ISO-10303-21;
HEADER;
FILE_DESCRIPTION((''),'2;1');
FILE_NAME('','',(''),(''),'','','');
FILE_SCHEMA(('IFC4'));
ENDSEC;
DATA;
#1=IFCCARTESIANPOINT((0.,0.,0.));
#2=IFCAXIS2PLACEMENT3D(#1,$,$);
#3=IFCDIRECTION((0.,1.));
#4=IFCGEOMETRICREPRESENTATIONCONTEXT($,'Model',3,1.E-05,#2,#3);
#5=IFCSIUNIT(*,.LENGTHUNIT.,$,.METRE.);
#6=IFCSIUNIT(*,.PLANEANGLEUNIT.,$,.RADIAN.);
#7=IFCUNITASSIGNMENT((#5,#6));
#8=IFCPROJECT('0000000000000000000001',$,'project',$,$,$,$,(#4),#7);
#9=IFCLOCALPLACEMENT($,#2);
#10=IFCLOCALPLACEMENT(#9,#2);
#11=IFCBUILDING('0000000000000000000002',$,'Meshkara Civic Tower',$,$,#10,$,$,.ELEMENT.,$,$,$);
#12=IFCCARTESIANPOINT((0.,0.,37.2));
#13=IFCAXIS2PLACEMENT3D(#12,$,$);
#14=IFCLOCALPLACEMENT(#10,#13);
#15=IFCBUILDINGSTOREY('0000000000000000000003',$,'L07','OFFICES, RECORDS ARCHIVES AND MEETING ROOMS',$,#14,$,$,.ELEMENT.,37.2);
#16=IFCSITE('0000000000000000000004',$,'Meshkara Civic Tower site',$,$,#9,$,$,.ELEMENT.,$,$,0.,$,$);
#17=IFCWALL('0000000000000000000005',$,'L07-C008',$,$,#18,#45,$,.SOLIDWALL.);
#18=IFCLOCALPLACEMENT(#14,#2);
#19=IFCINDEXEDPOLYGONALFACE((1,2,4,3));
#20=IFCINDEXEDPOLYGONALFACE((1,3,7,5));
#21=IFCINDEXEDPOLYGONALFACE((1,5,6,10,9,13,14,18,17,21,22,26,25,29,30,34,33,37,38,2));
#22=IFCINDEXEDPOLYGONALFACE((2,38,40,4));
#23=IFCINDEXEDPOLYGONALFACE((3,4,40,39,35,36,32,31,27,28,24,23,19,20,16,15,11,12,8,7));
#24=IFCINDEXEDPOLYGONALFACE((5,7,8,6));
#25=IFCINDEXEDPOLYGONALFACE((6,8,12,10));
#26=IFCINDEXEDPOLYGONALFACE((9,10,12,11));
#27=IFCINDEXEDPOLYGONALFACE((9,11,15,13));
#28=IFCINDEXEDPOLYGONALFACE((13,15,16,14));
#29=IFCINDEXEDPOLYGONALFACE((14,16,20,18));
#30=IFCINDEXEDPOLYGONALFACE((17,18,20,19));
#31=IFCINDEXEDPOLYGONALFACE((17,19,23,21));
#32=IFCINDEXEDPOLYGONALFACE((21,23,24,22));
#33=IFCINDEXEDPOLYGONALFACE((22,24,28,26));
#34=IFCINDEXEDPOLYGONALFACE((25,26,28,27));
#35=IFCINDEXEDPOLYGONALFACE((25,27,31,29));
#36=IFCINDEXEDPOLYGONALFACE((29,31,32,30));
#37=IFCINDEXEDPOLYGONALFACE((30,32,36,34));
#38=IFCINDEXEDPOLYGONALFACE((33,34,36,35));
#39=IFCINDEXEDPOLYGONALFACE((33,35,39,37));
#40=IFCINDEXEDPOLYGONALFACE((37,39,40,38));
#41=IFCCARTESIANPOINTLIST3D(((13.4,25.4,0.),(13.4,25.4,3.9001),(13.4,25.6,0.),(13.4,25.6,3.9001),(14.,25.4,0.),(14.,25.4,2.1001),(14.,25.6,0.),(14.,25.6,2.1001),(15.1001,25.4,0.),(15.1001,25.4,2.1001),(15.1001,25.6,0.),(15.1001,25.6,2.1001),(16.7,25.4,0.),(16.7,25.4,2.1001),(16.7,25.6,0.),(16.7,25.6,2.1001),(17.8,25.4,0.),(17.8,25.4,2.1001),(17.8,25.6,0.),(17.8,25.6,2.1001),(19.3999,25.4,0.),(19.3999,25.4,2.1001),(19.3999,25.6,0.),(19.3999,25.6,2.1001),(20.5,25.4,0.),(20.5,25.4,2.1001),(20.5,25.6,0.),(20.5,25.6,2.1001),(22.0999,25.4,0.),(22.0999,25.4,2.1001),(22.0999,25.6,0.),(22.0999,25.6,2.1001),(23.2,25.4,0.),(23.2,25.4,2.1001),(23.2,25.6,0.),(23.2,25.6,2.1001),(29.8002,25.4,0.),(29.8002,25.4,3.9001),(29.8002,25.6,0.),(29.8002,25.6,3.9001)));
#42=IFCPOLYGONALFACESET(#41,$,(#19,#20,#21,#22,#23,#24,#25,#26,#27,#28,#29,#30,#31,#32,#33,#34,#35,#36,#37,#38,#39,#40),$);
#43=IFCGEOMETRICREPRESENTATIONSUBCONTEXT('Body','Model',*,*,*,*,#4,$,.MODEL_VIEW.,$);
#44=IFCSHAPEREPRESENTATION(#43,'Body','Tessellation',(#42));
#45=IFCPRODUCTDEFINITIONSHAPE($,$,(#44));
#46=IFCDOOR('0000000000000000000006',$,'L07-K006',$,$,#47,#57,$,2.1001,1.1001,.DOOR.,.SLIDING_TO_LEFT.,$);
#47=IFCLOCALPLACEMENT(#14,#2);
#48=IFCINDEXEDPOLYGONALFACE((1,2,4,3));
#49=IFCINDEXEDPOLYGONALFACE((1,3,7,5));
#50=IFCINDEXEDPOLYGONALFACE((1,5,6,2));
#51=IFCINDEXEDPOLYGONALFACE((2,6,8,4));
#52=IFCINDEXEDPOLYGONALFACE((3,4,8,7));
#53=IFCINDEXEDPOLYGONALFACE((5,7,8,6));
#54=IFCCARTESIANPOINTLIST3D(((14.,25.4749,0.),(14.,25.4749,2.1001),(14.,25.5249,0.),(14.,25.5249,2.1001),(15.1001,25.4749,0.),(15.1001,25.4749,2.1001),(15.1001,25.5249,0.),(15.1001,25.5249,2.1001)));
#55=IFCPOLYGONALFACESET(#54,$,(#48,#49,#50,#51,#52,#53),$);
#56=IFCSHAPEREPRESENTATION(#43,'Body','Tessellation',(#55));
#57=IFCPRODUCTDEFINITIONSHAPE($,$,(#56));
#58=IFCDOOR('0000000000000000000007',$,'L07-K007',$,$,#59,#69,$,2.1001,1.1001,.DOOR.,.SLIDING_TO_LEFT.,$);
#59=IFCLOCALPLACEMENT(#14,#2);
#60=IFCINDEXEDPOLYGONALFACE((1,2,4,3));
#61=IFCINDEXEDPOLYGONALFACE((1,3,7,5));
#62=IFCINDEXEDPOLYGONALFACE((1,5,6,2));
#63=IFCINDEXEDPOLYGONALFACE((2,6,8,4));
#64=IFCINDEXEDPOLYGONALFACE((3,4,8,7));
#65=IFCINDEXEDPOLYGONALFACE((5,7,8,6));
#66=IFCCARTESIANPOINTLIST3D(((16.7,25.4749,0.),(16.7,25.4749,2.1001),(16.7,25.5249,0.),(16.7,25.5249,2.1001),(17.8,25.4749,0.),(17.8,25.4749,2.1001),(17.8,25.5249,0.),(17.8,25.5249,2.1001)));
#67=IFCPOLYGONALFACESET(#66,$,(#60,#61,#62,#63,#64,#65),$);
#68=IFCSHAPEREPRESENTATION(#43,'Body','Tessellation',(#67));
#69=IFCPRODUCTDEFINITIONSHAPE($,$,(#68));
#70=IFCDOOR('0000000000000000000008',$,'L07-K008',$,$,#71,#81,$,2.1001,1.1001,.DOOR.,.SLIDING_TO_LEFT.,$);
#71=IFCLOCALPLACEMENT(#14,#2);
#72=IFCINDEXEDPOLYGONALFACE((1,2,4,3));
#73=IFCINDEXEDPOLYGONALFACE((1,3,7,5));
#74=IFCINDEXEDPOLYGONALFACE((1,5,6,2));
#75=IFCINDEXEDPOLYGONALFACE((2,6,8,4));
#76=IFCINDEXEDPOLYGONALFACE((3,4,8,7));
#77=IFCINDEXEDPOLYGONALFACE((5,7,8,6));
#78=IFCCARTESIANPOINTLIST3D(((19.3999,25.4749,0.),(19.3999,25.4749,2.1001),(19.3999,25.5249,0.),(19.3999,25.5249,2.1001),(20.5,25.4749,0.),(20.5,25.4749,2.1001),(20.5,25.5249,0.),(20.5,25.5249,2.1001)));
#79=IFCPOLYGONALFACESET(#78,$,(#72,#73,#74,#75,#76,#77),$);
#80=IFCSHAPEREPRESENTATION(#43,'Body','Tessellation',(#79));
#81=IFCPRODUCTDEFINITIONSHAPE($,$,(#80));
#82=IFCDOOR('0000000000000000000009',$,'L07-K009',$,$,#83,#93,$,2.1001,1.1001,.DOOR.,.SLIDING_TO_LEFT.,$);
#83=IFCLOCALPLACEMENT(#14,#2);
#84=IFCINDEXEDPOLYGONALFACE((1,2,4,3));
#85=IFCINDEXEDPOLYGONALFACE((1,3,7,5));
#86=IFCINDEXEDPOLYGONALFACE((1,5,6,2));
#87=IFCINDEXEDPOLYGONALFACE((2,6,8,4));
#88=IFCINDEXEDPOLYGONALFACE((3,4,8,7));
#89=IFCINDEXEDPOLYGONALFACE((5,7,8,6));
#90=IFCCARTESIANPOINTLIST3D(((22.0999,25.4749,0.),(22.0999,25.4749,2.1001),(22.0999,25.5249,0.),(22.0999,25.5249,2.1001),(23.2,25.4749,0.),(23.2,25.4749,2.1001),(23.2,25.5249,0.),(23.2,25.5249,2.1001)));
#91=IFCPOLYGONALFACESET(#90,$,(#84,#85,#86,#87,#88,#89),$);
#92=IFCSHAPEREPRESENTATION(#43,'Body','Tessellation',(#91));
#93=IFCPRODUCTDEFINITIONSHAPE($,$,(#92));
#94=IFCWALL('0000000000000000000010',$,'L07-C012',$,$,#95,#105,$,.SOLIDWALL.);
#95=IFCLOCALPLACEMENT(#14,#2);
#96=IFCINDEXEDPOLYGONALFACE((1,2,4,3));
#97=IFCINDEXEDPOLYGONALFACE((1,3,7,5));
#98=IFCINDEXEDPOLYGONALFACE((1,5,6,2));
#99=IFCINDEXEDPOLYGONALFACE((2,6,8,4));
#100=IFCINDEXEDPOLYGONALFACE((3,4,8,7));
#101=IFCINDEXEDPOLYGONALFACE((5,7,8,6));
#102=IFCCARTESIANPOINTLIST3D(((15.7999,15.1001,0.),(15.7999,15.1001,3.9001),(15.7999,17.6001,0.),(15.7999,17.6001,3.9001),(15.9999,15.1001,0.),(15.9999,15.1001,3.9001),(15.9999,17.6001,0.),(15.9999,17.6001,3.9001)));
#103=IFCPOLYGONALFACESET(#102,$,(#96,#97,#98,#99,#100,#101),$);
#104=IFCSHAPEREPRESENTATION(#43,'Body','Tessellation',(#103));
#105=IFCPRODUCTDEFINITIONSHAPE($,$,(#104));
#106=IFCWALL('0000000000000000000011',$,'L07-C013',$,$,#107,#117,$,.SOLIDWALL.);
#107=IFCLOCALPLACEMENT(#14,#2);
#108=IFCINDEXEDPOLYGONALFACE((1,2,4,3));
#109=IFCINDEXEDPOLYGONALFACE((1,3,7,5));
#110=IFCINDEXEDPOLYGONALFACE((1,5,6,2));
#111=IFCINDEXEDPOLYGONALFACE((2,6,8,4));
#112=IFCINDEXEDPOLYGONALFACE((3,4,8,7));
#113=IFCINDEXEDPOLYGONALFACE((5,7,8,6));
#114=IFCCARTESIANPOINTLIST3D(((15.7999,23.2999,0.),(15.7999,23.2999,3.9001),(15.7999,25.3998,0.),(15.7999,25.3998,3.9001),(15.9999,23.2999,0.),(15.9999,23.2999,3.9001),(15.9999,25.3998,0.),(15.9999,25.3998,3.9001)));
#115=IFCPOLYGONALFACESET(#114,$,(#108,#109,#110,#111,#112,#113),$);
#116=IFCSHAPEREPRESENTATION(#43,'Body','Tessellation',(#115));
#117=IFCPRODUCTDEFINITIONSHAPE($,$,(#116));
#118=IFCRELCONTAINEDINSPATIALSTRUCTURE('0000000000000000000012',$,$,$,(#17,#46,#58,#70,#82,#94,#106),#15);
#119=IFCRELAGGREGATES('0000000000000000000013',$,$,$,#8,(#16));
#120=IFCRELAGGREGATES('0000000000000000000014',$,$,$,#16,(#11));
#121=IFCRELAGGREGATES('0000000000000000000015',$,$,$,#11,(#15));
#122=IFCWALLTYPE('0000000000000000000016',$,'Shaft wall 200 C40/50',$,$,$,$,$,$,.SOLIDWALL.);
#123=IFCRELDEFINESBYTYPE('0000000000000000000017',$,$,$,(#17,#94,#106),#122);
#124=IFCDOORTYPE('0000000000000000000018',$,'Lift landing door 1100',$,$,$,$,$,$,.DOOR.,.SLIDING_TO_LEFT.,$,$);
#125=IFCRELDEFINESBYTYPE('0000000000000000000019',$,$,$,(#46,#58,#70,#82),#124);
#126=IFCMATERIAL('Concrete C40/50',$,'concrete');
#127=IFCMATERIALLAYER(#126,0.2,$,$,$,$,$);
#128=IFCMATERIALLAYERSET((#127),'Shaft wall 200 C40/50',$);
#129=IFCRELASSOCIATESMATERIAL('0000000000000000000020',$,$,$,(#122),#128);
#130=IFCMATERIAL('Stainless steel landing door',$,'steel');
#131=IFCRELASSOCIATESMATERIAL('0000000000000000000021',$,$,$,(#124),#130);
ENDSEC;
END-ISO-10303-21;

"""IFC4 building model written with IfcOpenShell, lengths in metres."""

from ifc_helpers import new_model, si_unit, direction, frame, frame_2d, origin, place, context, subcontext, project, spatial, rectangle, extrude, material, layer, layer_set, type_object, element, fill, save


model = new_model("IFC4")

# Units and contexts
model_context = context("Model", 3, precision=1e-05, world=origin(), true_north=direction((0.0, 1.0)))
body_context = subcontext(model_context, "Body", "Model", "MODEL_VIEW")
ifc_project = project(units=[si_unit("LENGTHUNIT", "METRE"), si_unit("PLANEANGLEUNIT", "RADIAN")], contexts=[model_context])

# Site, building, storey
site_placement = place(None, origin())
site = spatial("IfcSite", under=ifc_project, at=site_placement, Name="Meshkara Civic Tower site", CompositionType="ELEMENT", RefElevation=0.0)
building_placement = place(site_placement, origin())
building = spatial("IfcBuilding", under=site, at=building_placement, Name="Meshkara Civic Tower", CompositionType="ELEMENT")
storey_placement = place(building_placement, frame((0.0, 0.0, 37.2)))
storey = spatial("IfcBuildingStorey", under=building, at=storey_placement, Name="L07", Description="OFFICES, RECORDS ARCHIVES AND MEETING ROOMS", CompositionType="ELEMENT", Elevation=37.2)

# Wall, openings, doors
ifc_material_1 = material(Name="Concrete C40/50", Category="concrete")
ifc_layer_1 = layer(ifc_material_1, 0.2)
ifc_layer_set_1 = layer_set([ifc_layer_1], Name="Shaft wall 200 C40/50")
wall_type_1 = type_object("IfcWallType", Name="Shaft wall 200 C40/50", PredefinedType="SOLIDWALL", material=ifc_layer_set_1)
ifc_material_2 = material(Name="Stainless steel landing door", Category="steel")
door_type_1 = type_object("IfcDoorType", Name="Lift landing door 1100", OperationType="SLIDING_TO_LEFT", PredefinedType="DOOR", material=ifc_material_2)
wall_1_placement = place(storey_placement, frame((13.3999, 25.5, 0.0), z_axis=(0.0, 0.0, 1.0), x_axis=(1.0, 0.0, 0.0)))
wall_1 = element("IfcWall", 1, at=wall_1_placement, inside=storey, type_object=wall_type_1, Name="L07-C008", PredefinedType="SOLIDWALL", context=body_context, shape_type="SweptSolid", body=[
    extrude(rectangle(XDim=16.4001, YDim=0.2, at=frame_2d((8.2002, 0.0))), origin(), (0.0, 0.0, 1.0), 3.9001),
])
opening_1_placement = place(wall_1_placement, frame((0.6001, 0.0, 0.0)))
opening_1 = element("IfcOpeningElement", 2, at=opening_1_placement, cuts=wall_1, PredefinedType="OPENING", context=body_context, shape_type="SweptSolid", body=[
    extrude(rectangle(XDim=1.1001, YDim=2.1001, at=frame_2d((0.55, 1.05))), frame((0.0, 0.1099, 0.0), z_axis=(0.0, -1.0, 0.0), x_axis=(1.0, 0.0, 0.0)), (0.0, 0.0, 1.0), 0.22),
])
opening_2_placement = place(wall_1_placement, frame((3.3, 0.0, 0.0)))
opening_2 = element("IfcOpeningElement", 3, at=opening_2_placement, cuts=wall_1, PredefinedType="OPENING", context=body_context, shape_type="SweptSolid", body=[
    extrude(rectangle(XDim=1.1001, YDim=2.1001, at=frame_2d((0.55, 1.05))), frame((0.0, 0.1099, 0.0), z_axis=(0.0, -1.0, 0.0), x_axis=(1.0, 0.0, 0.0)), (0.0, 0.0, 1.0), 0.22),
])
opening_3_placement = place(wall_1_placement, frame((6.0, 0.0, 0.0)))
opening_3 = element("IfcOpeningElement", 4, at=opening_3_placement, cuts=wall_1, PredefinedType="OPENING", context=body_context, shape_type="SweptSolid", body=[
    extrude(rectangle(XDim=1.1001, YDim=2.1001, at=frame_2d((0.55, 1.05))), frame((0.0, 0.1099, 0.0), z_axis=(0.0, -1.0, 0.0), x_axis=(1.0, 0.0, 0.0)), (0.0, 0.0, 1.0), 0.22),
])
opening_4_placement = place(wall_1_placement, frame((8.7, 0.0, 0.0)))
opening_4 = element("IfcOpeningElement", 5, at=opening_4_placement, cuts=wall_1, PredefinedType="OPENING", context=body_context, shape_type="SweptSolid", body=[
    extrude(rectangle(XDim=1.1001, YDim=2.1001, at=frame_2d((0.55, 1.05))), frame((0.0, 0.1099, 0.0), z_axis=(0.0, -1.0, 0.0), x_axis=(1.0, 0.0, 0.0)), (0.0, 0.0, 1.0), 0.22),
])
door_1_placement = place(opening_1_placement, origin())
door_1 = element("IfcDoor", 6, at=door_1_placement, inside=storey, type_object=door_type_1, Name="L07-K006", OperationType="SLIDING_TO_LEFT", OverallHeight=2.1001, OverallWidth=1.1001, PredefinedType="DOOR", context=body_context, shape_type="SweptSolid", body=[
    extrude(rectangle(XDim=1.1001, YDim=2.1001, at=frame_2d((0.55, 1.05))), frame((0.0, 0.0249, 0.0), z_axis=(0.0, -1.0, 0.0), x_axis=(1.0, 0.0, 0.0)), (0.0, 0.0, 1.0), 0.05),
])
fill(opening_1, door_1)
door_2_placement = place(opening_2_placement, origin())
door_2 = element("IfcDoor", 7, at=door_2_placement, inside=storey, type_object=door_type_1, Name="L07-K007", OperationType="SLIDING_TO_LEFT", OverallHeight=2.1001, OverallWidth=1.1001, PredefinedType="DOOR", context=body_context, shape_type="SweptSolid", body=[
    extrude(rectangle(XDim=1.1001, YDim=2.1001, at=frame_2d((0.55, 1.05))), frame((0.0, 0.0249, 0.0), z_axis=(0.0, -1.0, 0.0), x_axis=(1.0, 0.0, 0.0)), (0.0, 0.0, 1.0), 0.05),
])
fill(opening_2, door_2)
door_3_placement = place(opening_3_placement, origin())
door_3 = element("IfcDoor", 8, at=door_3_placement, inside=storey, type_object=door_type_1, Name="L07-K008", OperationType="SLIDING_TO_LEFT", OverallHeight=2.1001, OverallWidth=1.1001, PredefinedType="DOOR", context=body_context, shape_type="SweptSolid", body=[
    extrude(rectangle(XDim=1.1001, YDim=2.1001, at=frame_2d((0.55, 1.05))), frame((0.0, 0.0249, 0.0), z_axis=(0.0, -1.0, 0.0), x_axis=(1.0, 0.0, 0.0)), (0.0, 0.0, 1.0), 0.05),
])
fill(opening_3, door_3)
door_4_placement = place(opening_4_placement, origin())
door_4 = element("IfcDoor", 9, at=door_4_placement, inside=storey, type_object=door_type_1, Name="L07-K009", OperationType="SLIDING_TO_LEFT", OverallHeight=2.1001, OverallWidth=1.1001, PredefinedType="DOOR", context=body_context, shape_type="SweptSolid", body=[
    extrude(rectangle(XDim=1.1001, YDim=2.1001, at=frame_2d((0.55, 1.05))), frame((0.0, 0.0249, 0.0), z_axis=(0.0, -1.0, 0.0), x_axis=(1.0, 0.0, 0.0)), (0.0, 0.0, 1.0), 0.05),
])
fill(opening_4, door_4)

# Walls
wall_2_placement = place(storey_placement, frame((15.8999, 15.1001, 0.0), z_axis=(0.0, 0.0, 1.0), x_axis=(0.0, 1.0, 0.0)))
element("IfcWall", 10, at=wall_2_placement, inside=storey, type_object=wall_type_1, Name="L07-C012", PredefinedType="SOLIDWALL", context=body_context, shape_type="SweptSolid", body=[
    extrude(rectangle(XDim=2.5, YDim=0.2, at=frame_2d((1.25, 0.0))), origin(), (0.0, 0.0, 1.0), 3.9001),
])
wall_3_placement = place(storey_placement, frame((15.8999, 23.3, 0.0), z_axis=(0.0, 0.0, 1.0), x_axis=(0.0, 1.0, 0.0)))
element("IfcWall", 11, at=wall_3_placement, inside=storey, type_object=wall_type_1, Name="L07-C013", PredefinedType="SOLIDWALL", context=body_context, shape_type="SweptSolid", body=[
    extrude(rectangle(XDim=2.0999, YDim=0.2, at=frame_2d((1.0498, 0.0))), origin(), (0.0, 0.0, 1.0), 3.9001),
])

save(model, "model.ifc")
